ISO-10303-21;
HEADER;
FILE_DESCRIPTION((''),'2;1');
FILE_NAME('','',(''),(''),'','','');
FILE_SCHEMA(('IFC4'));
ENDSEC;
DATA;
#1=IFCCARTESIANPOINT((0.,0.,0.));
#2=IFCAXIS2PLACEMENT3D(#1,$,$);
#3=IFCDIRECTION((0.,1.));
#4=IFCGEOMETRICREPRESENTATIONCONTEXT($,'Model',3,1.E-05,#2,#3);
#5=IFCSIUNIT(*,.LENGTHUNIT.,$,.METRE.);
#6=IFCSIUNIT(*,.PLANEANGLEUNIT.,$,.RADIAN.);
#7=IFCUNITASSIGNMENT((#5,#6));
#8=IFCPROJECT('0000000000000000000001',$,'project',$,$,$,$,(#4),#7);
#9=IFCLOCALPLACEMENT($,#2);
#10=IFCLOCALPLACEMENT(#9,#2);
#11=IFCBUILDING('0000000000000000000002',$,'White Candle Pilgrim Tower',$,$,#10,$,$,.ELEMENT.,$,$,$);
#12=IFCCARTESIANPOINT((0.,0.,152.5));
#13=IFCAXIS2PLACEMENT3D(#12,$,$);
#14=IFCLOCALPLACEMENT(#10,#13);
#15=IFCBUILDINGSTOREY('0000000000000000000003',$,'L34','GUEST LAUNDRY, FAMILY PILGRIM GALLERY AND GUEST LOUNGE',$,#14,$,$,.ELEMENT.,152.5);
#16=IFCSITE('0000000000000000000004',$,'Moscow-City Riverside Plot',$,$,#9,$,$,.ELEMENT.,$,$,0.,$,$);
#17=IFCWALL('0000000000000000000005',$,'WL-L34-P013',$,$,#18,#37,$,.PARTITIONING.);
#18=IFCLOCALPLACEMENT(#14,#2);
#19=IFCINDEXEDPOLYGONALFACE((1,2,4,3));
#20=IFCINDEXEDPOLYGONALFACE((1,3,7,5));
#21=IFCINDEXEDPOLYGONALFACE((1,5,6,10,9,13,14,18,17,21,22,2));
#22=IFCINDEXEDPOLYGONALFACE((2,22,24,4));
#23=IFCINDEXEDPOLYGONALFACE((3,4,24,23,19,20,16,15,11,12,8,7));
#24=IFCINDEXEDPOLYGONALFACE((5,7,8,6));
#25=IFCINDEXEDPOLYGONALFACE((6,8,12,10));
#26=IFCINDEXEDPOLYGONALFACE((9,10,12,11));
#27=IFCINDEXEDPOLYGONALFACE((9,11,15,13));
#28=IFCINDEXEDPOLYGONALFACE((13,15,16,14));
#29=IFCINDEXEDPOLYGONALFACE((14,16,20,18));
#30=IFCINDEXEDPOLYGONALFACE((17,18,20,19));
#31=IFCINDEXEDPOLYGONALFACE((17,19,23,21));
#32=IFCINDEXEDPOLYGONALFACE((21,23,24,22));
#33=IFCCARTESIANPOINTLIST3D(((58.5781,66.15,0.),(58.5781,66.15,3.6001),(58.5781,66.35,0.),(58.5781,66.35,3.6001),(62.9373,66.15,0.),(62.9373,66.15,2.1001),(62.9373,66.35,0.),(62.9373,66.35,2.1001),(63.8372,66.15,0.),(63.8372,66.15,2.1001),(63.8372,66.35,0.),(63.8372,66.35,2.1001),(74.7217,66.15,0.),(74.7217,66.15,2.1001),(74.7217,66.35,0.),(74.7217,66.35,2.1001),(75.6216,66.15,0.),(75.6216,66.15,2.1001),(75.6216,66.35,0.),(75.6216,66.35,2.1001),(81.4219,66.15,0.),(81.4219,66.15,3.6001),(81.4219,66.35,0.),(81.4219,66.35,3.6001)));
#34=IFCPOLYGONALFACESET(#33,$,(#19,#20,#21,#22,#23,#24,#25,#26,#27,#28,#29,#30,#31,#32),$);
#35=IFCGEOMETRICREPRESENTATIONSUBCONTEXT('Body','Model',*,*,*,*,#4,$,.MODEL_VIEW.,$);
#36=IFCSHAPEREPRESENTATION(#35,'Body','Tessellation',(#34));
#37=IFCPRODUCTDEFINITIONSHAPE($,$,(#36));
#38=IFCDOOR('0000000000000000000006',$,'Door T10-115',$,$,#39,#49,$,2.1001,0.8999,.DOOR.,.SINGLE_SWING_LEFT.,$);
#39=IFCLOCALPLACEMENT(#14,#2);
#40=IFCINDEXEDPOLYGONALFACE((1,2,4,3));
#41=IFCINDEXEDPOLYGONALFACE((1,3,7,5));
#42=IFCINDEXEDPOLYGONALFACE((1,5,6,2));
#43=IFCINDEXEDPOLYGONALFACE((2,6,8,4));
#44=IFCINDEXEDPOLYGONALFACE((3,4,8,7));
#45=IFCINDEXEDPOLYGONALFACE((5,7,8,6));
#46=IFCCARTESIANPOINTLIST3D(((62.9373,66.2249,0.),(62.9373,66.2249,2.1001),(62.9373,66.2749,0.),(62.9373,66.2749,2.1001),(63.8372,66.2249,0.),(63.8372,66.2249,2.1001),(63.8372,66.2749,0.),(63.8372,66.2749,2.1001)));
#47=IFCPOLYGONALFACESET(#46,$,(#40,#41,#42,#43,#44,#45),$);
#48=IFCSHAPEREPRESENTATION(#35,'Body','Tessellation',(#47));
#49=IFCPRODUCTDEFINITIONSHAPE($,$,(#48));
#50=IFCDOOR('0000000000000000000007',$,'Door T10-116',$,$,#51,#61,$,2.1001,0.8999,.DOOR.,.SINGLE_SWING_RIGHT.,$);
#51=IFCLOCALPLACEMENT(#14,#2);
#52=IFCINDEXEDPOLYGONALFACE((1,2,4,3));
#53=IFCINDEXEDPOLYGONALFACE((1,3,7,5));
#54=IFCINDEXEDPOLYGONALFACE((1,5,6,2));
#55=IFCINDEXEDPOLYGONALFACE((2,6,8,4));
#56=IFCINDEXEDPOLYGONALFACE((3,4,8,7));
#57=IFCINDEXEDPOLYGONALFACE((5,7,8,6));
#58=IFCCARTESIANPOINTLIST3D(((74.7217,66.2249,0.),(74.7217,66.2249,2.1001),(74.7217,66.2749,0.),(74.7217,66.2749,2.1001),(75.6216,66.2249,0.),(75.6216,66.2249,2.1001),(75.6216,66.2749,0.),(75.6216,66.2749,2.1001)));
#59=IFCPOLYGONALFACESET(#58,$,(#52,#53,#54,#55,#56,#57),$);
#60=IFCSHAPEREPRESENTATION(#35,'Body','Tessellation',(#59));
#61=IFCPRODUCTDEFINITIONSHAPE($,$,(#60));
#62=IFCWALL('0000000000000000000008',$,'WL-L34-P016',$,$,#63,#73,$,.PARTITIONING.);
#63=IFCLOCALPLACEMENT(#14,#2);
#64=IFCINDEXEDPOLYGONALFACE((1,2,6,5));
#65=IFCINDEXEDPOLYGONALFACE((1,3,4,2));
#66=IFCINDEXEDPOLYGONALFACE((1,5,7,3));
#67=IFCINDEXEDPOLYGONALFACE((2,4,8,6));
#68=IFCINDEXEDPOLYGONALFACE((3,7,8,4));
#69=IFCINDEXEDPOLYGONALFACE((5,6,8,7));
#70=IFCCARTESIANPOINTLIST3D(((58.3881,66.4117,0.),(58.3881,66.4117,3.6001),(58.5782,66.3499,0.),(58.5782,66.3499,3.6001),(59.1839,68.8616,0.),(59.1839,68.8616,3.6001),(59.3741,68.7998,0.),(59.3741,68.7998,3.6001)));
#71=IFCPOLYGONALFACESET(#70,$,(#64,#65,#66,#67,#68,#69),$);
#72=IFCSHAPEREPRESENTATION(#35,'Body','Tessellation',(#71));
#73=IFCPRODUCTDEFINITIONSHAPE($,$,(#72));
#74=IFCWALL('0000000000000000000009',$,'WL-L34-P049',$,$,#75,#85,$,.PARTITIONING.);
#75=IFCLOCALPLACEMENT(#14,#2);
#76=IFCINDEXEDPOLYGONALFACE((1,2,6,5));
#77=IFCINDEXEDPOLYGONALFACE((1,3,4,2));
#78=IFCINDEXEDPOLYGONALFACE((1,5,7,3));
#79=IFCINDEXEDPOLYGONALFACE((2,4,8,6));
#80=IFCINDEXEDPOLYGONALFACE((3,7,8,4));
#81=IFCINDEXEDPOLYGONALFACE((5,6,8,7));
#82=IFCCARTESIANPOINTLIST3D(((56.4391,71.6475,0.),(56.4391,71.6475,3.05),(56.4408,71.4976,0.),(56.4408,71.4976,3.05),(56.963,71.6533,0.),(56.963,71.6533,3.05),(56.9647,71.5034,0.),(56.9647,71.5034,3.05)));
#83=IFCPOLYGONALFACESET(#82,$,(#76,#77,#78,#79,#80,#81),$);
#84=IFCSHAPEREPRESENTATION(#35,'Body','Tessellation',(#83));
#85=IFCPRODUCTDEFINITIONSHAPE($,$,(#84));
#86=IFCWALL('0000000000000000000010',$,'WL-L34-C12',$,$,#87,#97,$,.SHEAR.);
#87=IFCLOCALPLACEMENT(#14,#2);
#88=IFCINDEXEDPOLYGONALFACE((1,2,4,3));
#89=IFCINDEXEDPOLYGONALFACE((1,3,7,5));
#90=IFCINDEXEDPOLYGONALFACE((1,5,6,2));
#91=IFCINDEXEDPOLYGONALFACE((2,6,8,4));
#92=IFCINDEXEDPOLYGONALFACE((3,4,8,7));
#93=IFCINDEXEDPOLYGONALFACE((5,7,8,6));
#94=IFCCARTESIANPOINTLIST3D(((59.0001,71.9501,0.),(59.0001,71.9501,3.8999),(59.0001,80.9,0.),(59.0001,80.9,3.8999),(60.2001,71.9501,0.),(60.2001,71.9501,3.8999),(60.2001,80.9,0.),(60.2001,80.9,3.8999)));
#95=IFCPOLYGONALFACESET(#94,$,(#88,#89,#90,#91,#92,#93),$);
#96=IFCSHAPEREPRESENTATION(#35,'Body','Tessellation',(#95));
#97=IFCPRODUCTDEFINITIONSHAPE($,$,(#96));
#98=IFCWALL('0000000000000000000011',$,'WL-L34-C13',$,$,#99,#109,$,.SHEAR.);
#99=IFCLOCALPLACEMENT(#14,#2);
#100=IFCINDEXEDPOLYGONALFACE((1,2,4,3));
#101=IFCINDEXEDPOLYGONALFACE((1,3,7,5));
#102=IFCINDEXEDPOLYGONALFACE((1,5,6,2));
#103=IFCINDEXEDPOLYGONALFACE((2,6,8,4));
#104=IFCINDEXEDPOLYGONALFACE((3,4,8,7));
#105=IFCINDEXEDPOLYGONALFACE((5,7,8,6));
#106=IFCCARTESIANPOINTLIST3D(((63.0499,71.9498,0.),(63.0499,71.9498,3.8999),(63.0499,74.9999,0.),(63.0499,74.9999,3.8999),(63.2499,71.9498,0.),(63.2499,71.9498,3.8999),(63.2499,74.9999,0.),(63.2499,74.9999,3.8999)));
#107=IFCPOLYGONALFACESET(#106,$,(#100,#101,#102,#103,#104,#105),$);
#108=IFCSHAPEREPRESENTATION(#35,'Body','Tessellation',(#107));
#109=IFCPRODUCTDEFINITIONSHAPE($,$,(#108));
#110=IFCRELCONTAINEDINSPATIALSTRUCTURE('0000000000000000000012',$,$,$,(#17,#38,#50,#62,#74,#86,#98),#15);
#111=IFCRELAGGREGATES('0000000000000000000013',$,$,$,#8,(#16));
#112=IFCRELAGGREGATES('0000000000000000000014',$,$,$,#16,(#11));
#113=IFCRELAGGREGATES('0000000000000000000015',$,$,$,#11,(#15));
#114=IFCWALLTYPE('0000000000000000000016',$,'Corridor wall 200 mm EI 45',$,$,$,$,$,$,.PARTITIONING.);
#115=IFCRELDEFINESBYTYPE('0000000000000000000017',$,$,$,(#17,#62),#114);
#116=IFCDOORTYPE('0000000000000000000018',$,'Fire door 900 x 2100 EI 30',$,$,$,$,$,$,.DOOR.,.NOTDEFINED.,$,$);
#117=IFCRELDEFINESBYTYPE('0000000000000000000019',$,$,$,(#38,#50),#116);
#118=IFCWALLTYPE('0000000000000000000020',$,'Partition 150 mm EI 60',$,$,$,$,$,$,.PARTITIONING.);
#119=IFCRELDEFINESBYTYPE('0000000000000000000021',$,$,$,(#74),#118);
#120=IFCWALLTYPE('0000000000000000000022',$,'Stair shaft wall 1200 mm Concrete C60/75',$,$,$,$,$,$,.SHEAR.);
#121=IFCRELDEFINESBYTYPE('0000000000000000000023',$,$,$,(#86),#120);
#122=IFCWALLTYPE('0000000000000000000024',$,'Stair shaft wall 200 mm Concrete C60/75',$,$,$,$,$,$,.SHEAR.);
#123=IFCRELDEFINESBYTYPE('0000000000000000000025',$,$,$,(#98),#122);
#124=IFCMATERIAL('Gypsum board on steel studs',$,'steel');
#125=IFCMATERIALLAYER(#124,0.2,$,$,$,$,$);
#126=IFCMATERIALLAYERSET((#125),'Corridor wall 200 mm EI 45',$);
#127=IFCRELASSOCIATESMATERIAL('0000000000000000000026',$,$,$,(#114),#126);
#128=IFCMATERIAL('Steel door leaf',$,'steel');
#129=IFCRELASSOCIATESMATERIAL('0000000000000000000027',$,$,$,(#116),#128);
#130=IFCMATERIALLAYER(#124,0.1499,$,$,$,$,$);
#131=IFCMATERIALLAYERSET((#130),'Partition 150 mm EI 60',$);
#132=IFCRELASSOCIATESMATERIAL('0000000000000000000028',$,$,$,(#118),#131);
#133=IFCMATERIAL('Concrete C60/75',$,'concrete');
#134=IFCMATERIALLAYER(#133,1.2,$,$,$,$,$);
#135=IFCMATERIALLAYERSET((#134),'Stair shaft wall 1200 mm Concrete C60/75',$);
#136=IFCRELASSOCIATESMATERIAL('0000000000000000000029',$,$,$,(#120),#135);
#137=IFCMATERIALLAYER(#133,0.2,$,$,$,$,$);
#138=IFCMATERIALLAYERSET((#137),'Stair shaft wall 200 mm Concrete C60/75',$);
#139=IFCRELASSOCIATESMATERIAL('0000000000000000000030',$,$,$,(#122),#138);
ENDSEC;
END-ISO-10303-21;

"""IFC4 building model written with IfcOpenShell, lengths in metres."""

from ifc_helpers import new_model, si_unit, direction, frame, frame_2d, origin, place, context, subcontext, project, spatial, rectangle, extrude, material, layer, layer_set, type_object, element, fill, save


model = new_model("IFC4")

# Units and contexts
model_context = context("Model", 3, precision=1e-05, world=origin(), true_north=direction((0.0, 1.0)))
body_context = subcontext(model_context, "Body", "Model", "MODEL_VIEW")
ifc_project = project(units=[si_unit("LENGTHUNIT", "METRE"), si_unit("PLANEANGLEUNIT", "RADIAN")], contexts=[model_context])

# Site, building, storey
site_placement = place(None, origin())
site = spatial("IfcSite", under=ifc_project, at=site_placement, Name="Moscow-City Riverside Plot", CompositionType="ELEMENT", RefElevation=0.0)
building_placement = place(site_placement, origin())
building = spatial("IfcBuilding", under=site, at=building_placement, Name="White Candle Pilgrim Tower", CompositionType="ELEMENT")
storey_placement = place(building_placement, frame((0.0, 0.0, 152.5)))
storey = spatial("IfcBuildingStorey", under=building, at=storey_placement, Name="L34", Description="GUEST LAUNDRY, FAMILY PILGRIM GALLERY AND GUEST LOUNGE", CompositionType="ELEMENT", Elevation=152.5)

# Wall, openings, doors
ifc_material_1 = material(Name="Gypsum board on steel studs", Category="steel")
ifc_layer_1 = layer(ifc_material_1, 0.2)
ifc_layer_set_1 = layer_set([ifc_layer_1], Name="Corridor wall 200 mm EI 45")
wall_type_1 = type_object("IfcWallType", Name="Corridor wall 200 mm EI 45", PredefinedType="PARTITIONING", material=ifc_layer_set_1)
ifc_material_2 = material(Name="Steel door leaf", Category="steel")
door_type_1 = type_object("IfcDoorType", Name="Fire door 900 x 2100 EI 30", OperationType="NOTDEFINED", PredefinedType="DOOR", material=ifc_material_2)
wall_1_placement = place(storey_placement, frame((58.5781, 66.25, 0.0), z_axis=(0.0, 0.0, 1.0), x_axis=(1.0, 0.0, 0.0)))
wall_1 = element("IfcWall", 1, at=wall_1_placement, inside=storey, type_object=wall_type_1, Name="WL-L34-P013", PredefinedType="PARTITIONING", context=body_context, shape_type="SweptSolid", body=[
    extrude(rectangle(XDim=22.8438, YDim=0.2, at=frame_2d((11.4219, 0.0))), origin(), (0.0, 0.0, 1.0), 3.6001),
])
opening_1_placement = place(wall_1_placement, frame((4.3591, 0.0, 0.0)))
opening_1 = element("IfcOpeningElement", 2, at=opening_1_placement, cuts=wall_1, PredefinedType="OPENING", context=body_context, shape_type="SweptSolid", body=[
    extrude(rectangle(XDim=0.8999, YDim=2.1001, at=frame_2d((0.45, 1.05))), frame((0.0, 0.1099, 0.0), z_axis=(0.0, -1.0, 0.0), x_axis=(1.0, 0.0, 0.0)), (0.0, 0.0, 1.0), 0.22),
])
opening_2_placement = place(wall_1_placement, frame((16.1436, 0.0, 0.0)))
opening_2 = element("IfcOpeningElement", 3, at=opening_2_placement, cuts=wall_1, PredefinedType="OPENING", context=body_context, shape_type="SweptSolid", body=[
    extrude(rectangle(XDim=0.8999, YDim=2.1001, at=frame_2d((0.45, 1.05))), frame((0.0, 0.1099, 0.0), z_axis=(0.0, -1.0, 0.0), x_axis=(1.0, 0.0, 0.0)), (0.0, 0.0, 1.0), 0.22),
])
door_1_placement = place(opening_1_placement, origin())
door_1 = element("IfcDoor", 4, at=door_1_placement, inside=storey, type_object=door_type_1, Name="Door T10-115", OperationType="SINGLE_SWING_LEFT", OverallHeight=2.1001, OverallWidth=0.8999, PredefinedType="DOOR", context=body_context, shape_type="SweptSolid", body=[
    extrude(rectangle(XDim=0.8999, YDim=2.1001, at=frame_2d((0.45, 1.05))), frame((0.0, 0.0249, 0.0), z_axis=(0.0, -1.0, 0.0), x_axis=(1.0, 0.0, 0.0)), (0.0, 0.0, 1.0), 0.05),
])
fill(opening_1, door_1)
door_2_placement = place(opening_2_placement, origin())
door_2 = element("IfcDoor", 5, at=door_2_placement, inside=storey, type_object=door_type_1, Name="Door T10-116", OperationType="SINGLE_SWING_RIGHT", OverallHeight=2.1001, OverallWidth=0.8999, PredefinedType="DOOR", context=body_context, shape_type="SweptSolid", body=[
    extrude(rectangle(XDim=0.8999, YDim=2.1001, at=frame_2d((0.45, 1.05))), frame((0.0, 0.0249, 0.0), z_axis=(0.0, -1.0, 0.0), x_axis=(1.0, 0.0, 0.0)), (0.0, 0.0, 1.0), 0.05),
])
fill(opening_2, door_2)

# Walls
wall_2_placement = place(storey_placement, frame((59.2791, 68.8308, 0.0), z_axis=(0.0, 0.0, 1.0), x_axis=(-0.308968, -0.951072, 0.0)))
element("IfcWall", 6, at=wall_2_placement, inside=storey, type_object=wall_type_1, Name="WL-L34-P016", PredefinedType="PARTITIONING", context=body_context, shape_type="SweptSolid", body=[
    extrude(rectangle(XDim=2.5759, YDim=0.2, at=frame_2d((1.2881, 0.0))), origin(), (0.0, 0.0, 1.0), 3.6001),
])
ifc_layer_2 = layer(ifc_material_1, 0.1499)
ifc_layer_set_2 = layer_set([ifc_layer_2], Name="Partition 150 mm EI 60")
wall_type_2 = type_object("IfcWallType", Name="Partition 150 mm EI 60", PredefinedType="PARTITIONING", material=ifc_layer_set_2)
wall_3_placement = place(storey_placement, frame((56.4399, 71.5725, 0.0), z_axis=(0.0, 0.0, 1.0), x_axis=(0.999937, 0.011183, 0.0)))
element("IfcWall", 7, at=wall_3_placement, inside=storey, type_object=wall_type_2, Name="WL-L34-P049", PredefinedType="PARTITIONING", context=body_context, shape_type="SweptSolid", body=[
    extrude(rectangle(XDim=0.5239, YDim=0.1499, at=frame_2d((0.262, 0.0))), origin(), (0.0, 0.0, 1.0), 3.05),
])
ifc_material_3 = material(Name="Concrete C60/75", Category="concrete")
ifc_layer_3 = layer(ifc_material_3, 1.2)
ifc_layer_set_3 = layer_set([ifc_layer_3], Name="Stair shaft wall 1200 mm Concrete C60/75")
wall_type_3 = type_object("IfcWallType", Name="Stair shaft wall 1200 mm Concrete C60/75", PredefinedType="SHEAR", material=ifc_layer_set_3)
wall_4_placement = place(storey_placement, frame((59.6001, 71.95, 0.0), z_axis=(0.0, 0.0, 1.0), x_axis=(0.0, 1.0, 0.0)))
element("IfcWall", 8, at=wall_4_placement, inside=storey, type_object=wall_type_3, Name="WL-L34-C12", PredefinedType="SHEAR", context=body_context, shape_type="SweptSolid", body=[
    extrude(rectangle(XDim=8.95, YDim=1.2, at=frame_2d((4.4751, 0.0))), origin(), (0.0, 0.0, 1.0), 3.8999),
])
ifc_layer_4 = layer(ifc_material_3, 0.2)
ifc_layer_set_4 = layer_set([ifc_layer_4], Name="Stair shaft wall 200 mm Concrete C60/75")
wall_type_4 = type_object("IfcWallType", Name="Stair shaft wall 200 mm Concrete C60/75", PredefinedType="SHEAR", material=ifc_layer_set_4)
wall_5_placement = place(storey_placement, frame((63.1499, 71.95, 0.0), z_axis=(0.0, 0.0, 1.0), x_axis=(0.0, 1.0, 0.0)))
element("IfcWall", 9, at=wall_5_placement, inside=storey, type_object=wall_type_4, Name="WL-L34-C13", PredefinedType="SHEAR", context=body_context, shape_type="SweptSolid", body=[
    extrude(rectangle(XDim=3.05, YDim=0.2, at=frame_2d((1.5249, 0.0))), origin(), (0.0, 0.0, 1.0), 3.8999),
])

save(model, "model.ifc")
